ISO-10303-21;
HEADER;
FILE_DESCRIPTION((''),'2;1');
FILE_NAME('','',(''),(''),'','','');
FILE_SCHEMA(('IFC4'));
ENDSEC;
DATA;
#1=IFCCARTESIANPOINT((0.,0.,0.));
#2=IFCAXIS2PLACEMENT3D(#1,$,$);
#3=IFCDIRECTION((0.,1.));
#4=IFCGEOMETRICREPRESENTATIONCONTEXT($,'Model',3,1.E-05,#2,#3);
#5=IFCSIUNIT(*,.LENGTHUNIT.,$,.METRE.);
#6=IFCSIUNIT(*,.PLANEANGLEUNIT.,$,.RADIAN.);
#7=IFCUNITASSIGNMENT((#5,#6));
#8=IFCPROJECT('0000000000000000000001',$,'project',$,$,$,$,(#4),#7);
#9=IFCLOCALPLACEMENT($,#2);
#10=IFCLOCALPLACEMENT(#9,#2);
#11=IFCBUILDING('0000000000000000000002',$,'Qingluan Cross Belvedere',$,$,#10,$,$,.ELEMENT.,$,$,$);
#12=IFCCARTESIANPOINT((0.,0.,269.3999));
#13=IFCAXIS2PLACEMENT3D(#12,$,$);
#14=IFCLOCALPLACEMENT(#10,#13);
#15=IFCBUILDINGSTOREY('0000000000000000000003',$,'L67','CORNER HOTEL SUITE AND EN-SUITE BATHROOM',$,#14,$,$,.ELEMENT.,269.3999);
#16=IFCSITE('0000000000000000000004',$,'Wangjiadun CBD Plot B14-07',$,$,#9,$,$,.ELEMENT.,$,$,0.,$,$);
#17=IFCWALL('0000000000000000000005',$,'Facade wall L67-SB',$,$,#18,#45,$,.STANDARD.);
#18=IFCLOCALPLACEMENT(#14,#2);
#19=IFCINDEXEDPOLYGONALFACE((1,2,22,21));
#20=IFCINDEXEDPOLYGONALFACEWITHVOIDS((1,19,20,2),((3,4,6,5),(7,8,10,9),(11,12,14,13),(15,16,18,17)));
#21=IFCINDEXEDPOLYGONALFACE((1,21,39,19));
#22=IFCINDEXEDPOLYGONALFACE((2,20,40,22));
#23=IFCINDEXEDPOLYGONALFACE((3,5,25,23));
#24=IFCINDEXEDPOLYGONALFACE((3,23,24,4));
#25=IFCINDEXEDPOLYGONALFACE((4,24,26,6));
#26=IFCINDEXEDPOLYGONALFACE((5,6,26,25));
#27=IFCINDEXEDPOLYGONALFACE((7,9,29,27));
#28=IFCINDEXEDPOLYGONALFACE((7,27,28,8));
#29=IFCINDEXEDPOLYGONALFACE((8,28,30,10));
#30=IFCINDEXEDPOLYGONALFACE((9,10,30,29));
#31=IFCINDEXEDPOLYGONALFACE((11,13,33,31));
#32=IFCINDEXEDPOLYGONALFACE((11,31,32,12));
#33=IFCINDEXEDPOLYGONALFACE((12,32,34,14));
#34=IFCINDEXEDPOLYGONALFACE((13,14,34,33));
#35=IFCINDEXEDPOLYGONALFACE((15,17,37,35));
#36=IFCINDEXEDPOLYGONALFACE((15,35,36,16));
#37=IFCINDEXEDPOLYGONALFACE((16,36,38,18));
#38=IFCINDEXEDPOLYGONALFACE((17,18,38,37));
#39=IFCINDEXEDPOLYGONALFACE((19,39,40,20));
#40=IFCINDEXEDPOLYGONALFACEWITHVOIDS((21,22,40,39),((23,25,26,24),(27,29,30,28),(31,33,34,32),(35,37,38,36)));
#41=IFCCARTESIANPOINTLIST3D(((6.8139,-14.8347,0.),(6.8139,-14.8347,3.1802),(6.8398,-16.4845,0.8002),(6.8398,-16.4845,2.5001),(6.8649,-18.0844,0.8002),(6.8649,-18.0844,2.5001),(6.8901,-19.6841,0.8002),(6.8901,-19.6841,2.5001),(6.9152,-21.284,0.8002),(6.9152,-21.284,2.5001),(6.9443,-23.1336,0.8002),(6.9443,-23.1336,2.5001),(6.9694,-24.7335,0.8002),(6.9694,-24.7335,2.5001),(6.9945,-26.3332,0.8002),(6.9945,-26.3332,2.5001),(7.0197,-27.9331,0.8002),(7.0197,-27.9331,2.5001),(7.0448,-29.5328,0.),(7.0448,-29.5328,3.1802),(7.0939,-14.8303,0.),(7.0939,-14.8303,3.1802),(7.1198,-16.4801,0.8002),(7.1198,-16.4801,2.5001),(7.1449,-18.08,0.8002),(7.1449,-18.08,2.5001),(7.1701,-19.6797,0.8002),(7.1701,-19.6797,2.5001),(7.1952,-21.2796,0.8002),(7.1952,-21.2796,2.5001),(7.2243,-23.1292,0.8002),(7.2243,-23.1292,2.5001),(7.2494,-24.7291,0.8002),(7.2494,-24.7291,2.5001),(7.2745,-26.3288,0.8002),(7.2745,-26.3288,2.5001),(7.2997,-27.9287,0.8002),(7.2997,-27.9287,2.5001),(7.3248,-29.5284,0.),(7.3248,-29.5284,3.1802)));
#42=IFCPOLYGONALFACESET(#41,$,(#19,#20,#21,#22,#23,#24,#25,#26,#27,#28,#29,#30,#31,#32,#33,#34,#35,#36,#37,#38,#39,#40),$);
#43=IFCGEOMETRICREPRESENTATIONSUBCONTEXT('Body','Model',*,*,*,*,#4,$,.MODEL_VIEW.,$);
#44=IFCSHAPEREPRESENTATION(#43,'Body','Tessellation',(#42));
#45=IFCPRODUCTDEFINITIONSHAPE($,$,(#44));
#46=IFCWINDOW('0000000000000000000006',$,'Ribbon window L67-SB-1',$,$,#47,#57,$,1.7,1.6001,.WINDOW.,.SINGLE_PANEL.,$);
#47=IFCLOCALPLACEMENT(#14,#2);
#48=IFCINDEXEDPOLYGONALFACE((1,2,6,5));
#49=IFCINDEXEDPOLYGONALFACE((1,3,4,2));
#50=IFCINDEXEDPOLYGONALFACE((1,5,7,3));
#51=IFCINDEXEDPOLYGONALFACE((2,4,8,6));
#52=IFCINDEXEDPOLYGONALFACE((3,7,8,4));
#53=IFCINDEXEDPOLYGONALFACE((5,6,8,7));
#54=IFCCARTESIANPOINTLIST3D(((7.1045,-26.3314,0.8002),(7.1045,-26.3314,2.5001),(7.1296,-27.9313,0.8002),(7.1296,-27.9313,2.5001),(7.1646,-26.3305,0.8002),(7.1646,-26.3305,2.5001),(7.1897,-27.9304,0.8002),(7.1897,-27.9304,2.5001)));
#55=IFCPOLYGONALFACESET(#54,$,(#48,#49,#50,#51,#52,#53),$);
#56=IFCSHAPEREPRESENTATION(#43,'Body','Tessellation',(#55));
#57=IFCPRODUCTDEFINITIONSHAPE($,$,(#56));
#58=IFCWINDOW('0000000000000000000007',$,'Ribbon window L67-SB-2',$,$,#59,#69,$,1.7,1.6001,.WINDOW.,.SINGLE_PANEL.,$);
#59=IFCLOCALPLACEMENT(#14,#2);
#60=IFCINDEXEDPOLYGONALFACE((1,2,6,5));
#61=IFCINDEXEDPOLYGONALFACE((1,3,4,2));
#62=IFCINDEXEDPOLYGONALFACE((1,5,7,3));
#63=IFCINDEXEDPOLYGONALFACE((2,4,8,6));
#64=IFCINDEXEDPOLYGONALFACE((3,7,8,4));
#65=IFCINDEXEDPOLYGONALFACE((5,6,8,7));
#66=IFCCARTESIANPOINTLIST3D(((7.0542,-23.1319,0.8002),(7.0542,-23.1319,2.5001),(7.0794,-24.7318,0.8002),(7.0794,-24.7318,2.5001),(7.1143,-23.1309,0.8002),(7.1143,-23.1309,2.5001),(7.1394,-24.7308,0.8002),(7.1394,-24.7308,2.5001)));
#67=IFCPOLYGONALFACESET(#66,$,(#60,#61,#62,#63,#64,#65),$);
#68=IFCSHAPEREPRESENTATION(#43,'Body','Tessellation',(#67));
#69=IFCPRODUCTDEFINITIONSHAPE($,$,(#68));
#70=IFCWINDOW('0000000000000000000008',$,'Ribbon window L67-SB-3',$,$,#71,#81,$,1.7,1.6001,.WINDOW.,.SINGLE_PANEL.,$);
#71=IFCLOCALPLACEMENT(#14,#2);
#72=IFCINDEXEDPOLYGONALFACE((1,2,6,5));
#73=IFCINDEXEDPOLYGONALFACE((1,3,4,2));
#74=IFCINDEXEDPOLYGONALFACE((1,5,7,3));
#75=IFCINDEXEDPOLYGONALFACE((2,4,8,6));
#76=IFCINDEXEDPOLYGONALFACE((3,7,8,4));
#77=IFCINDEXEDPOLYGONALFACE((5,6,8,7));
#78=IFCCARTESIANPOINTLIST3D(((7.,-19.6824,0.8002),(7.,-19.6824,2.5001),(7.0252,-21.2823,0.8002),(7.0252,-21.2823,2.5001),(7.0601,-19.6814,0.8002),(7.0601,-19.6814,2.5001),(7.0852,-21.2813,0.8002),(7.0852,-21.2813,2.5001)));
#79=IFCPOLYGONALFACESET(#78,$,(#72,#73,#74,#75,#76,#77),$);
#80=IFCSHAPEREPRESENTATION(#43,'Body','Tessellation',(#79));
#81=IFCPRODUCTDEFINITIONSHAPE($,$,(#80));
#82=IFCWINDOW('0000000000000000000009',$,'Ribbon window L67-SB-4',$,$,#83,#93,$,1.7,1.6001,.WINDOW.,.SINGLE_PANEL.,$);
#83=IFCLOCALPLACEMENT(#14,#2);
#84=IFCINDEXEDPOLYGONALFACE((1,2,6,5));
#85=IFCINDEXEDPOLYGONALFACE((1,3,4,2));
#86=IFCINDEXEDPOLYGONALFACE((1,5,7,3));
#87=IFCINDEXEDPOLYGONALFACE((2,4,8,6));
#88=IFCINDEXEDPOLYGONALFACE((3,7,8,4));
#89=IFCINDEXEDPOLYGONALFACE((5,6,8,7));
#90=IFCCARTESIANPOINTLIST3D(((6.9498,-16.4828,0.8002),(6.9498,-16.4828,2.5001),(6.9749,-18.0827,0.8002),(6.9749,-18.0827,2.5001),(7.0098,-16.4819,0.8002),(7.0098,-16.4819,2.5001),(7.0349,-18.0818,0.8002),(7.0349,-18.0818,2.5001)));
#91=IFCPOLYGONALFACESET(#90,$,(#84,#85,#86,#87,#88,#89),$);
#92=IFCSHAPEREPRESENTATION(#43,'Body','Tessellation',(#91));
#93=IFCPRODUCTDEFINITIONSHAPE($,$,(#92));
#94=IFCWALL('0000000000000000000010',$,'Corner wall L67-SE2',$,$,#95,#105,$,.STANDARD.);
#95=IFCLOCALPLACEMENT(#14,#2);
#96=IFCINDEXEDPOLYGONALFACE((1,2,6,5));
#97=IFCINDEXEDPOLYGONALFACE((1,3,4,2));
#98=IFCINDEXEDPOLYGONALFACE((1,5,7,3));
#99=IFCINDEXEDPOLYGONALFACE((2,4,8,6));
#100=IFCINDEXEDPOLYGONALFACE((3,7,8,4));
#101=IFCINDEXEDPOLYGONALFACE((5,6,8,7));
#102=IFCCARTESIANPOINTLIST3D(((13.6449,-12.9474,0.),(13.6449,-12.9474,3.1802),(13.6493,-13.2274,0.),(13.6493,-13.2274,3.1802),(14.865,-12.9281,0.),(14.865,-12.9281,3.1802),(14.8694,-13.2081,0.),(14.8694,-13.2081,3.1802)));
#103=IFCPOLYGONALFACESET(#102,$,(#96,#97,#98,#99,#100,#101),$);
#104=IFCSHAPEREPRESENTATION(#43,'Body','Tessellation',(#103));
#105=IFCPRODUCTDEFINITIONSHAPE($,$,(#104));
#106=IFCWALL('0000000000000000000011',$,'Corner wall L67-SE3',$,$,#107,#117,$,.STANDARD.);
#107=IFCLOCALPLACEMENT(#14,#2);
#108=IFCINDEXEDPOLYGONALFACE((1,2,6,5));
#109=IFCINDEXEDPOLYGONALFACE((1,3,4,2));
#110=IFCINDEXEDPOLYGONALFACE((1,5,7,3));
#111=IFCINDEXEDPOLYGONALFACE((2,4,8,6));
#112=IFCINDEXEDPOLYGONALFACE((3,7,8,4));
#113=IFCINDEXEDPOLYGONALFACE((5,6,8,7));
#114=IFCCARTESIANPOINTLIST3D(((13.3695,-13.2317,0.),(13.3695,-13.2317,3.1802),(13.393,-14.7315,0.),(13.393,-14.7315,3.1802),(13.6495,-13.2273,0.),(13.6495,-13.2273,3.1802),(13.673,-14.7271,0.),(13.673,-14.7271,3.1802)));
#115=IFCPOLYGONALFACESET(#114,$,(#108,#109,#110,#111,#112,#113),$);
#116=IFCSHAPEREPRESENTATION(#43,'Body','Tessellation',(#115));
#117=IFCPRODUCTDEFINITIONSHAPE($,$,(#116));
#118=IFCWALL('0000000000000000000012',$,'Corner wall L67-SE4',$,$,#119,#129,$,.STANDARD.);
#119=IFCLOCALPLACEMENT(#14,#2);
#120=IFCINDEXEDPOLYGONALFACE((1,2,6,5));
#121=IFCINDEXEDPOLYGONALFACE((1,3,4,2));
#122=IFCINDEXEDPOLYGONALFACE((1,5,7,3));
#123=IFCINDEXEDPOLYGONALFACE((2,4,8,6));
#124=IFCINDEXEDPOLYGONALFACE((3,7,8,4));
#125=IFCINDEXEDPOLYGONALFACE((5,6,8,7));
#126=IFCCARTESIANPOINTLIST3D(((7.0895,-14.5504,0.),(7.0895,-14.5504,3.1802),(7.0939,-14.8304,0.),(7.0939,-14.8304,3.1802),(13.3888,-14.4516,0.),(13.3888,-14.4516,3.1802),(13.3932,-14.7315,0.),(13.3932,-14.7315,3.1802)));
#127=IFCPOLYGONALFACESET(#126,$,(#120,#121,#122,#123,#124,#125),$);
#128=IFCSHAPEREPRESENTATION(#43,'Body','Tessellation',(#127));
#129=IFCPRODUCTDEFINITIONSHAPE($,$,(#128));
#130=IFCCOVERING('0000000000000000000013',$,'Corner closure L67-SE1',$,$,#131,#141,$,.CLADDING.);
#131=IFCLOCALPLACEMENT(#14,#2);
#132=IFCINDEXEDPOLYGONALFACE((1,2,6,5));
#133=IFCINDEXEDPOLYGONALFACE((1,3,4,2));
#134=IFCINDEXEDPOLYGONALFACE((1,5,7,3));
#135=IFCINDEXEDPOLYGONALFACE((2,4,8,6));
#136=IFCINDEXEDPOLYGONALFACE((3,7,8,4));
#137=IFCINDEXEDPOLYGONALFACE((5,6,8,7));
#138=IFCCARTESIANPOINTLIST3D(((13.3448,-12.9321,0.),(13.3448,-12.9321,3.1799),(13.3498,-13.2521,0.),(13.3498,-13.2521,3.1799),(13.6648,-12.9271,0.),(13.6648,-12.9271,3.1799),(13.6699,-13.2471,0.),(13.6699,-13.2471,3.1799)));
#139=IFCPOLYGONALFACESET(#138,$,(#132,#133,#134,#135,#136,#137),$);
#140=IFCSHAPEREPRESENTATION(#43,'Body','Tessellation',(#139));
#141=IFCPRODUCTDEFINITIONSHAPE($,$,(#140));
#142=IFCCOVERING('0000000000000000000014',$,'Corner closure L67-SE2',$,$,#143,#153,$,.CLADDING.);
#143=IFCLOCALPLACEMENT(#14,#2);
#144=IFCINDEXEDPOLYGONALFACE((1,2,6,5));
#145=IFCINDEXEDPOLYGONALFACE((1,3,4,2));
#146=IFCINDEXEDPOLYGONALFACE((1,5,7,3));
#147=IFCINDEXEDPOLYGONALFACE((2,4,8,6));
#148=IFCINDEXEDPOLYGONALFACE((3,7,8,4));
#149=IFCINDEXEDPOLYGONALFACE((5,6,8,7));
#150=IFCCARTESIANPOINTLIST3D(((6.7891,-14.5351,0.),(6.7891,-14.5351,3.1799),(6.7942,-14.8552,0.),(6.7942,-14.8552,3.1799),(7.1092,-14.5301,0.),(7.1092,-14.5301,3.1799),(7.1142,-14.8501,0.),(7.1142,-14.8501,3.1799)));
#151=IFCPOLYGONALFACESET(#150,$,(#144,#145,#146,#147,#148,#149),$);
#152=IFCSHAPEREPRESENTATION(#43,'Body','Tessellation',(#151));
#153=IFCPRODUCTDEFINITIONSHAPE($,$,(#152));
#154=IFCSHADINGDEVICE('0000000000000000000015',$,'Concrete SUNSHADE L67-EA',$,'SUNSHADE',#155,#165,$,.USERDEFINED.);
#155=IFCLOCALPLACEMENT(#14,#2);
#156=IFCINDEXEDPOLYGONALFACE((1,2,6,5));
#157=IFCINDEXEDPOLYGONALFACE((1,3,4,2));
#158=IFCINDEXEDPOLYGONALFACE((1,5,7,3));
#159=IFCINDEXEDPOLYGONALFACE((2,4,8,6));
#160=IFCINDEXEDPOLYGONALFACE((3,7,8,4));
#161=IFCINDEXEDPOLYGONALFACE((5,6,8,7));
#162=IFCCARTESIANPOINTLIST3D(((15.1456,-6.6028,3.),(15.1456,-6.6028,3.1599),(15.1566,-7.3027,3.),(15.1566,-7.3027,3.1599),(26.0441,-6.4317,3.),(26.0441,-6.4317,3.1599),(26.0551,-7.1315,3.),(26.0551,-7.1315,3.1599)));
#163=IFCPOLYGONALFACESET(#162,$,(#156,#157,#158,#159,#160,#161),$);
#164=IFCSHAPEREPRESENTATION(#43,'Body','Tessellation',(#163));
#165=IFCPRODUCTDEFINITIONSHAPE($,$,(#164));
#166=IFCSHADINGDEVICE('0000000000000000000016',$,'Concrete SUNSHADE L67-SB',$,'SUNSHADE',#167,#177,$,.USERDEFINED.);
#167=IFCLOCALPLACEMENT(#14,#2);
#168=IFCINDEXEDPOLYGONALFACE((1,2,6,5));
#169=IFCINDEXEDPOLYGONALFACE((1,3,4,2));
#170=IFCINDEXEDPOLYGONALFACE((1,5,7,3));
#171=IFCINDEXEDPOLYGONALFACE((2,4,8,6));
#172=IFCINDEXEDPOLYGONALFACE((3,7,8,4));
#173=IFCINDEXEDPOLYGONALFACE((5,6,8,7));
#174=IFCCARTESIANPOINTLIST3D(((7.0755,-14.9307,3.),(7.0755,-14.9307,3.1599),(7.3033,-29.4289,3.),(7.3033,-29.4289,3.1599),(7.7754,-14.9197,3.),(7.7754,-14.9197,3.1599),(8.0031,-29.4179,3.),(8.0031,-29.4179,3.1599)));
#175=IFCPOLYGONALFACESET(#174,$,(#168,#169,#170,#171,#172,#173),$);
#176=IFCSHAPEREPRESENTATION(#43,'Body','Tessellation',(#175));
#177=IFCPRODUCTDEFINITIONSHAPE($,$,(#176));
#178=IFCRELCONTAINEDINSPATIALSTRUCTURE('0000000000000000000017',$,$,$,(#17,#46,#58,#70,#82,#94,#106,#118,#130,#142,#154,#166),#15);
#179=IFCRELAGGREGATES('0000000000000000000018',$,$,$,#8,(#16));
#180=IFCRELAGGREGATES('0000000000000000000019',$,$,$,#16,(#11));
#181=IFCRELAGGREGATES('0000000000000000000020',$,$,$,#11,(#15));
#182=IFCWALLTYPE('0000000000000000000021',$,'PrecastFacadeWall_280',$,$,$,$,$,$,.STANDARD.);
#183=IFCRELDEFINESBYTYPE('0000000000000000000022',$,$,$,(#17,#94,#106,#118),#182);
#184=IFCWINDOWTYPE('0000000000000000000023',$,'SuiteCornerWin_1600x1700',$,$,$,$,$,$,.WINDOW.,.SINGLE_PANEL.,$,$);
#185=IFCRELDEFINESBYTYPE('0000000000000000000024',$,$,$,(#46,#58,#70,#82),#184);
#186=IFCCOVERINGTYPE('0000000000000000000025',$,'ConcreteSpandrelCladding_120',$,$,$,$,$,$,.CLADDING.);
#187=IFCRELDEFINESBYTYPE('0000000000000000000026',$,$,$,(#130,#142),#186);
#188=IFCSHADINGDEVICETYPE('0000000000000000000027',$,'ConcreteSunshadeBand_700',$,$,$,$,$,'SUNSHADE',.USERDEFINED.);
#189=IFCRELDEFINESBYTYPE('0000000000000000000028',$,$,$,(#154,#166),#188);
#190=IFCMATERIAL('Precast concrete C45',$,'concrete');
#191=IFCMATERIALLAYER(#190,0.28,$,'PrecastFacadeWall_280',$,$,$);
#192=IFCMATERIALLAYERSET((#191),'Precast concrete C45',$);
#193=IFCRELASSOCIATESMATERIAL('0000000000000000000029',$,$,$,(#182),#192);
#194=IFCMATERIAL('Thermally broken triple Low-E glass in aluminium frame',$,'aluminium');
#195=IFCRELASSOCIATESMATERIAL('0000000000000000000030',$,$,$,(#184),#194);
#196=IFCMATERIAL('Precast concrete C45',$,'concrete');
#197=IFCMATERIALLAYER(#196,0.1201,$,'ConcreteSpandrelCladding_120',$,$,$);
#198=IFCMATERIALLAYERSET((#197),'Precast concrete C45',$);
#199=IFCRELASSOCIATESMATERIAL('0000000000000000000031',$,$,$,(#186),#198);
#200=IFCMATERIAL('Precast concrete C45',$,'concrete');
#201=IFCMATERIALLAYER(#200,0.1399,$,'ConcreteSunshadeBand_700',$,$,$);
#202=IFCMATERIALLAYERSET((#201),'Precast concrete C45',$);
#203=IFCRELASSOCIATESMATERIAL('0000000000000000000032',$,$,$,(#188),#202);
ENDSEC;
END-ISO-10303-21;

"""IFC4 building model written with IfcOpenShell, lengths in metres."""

from ifc_helpers import new_model, si_unit, direction, frame, frame_2d, origin, origin_2d, place, context, subcontext, project, spatial, rectangle, extrude, material, layer, layer_set, type_object, element, fill, save


model = new_model("IFC4")

# Units and contexts
model_context = context("Model", 3, precision=1e-05, world=origin(), true_north=direction((0.0, 1.0)))
body_context = subcontext(model_context, "Body", "Model", "MODEL_VIEW")
ifc_project = project(units=[si_unit("LENGTHUNIT", "METRE"), si_unit("PLANEANGLEUNIT", "RADIAN")], contexts=[model_context])

# Site, building, storey
site_placement = place(None, origin())
site = spatial("IfcSite", under=ifc_project, at=site_placement, Name="Wangjiadun CBD Plot B14-07", CompositionType="ELEMENT", RefElevation=0.0)
building_placement = place(site_placement, origin())
building = spatial("IfcBuilding", under=site, at=building_placement, Name="Qingluan Cross Belvedere", CompositionType="ELEMENT")
storey_placement = place(building_placement, frame((0.0, 0.0, 269.3999)))
storey = spatial("IfcBuildingStorey", under=building, at=storey_placement, Name="L67", Description="CORNER HOTEL SUITE AND EN-SUITE BATHROOM", CompositionType="ELEMENT", Elevation=269.3999)

# Wall, openings, windows
ifc_material_1 = material(Name="Precast concrete C45", Category="concrete")
ifc_layer_1 = layer(ifc_material_1, 0.28, Name="PrecastFacadeWall_280")
ifc_layer_set_1 = layer_set([ifc_layer_1], Name="Precast concrete C45")
wall_type_1 = type_object("IfcWallType", Name="PrecastFacadeWall_280", PredefinedType="STANDARD", material=ifc_layer_set_1)
wall_1_placement = place(storey_placement, frame((7.1848, -29.5308, 0.0), z_axis=(0.0, 0.0, 1.0), x_axis=(-0.015711, 0.999877, 0.0)))
wall_1 = element("IfcWall", 1, at=wall_1_placement, inside=storey, type_object=wall_type_1, Name="Facade wall L67-SB", PredefinedType="STANDARD", context=body_context, shape_type="SweptSolid", body=[
    extrude(rectangle(XDim=14.7, YDim=0.28, at=frame_2d((7.3501, 0.0))), origin(), (0.0, 0.0, 1.0), 3.1802),
])
opening_1_placement = place(wall_1_placement, frame((1.6001, 0.0, 0.8)))
opening_1 = element("IfcOpeningElement", 2, at=opening_1_placement, cuts=wall_1, PredefinedType="OPENING", context=body_context, shape_type="SweptSolid", body=[
    extrude(rectangle(XDim=1.6001, YDim=1.7, at=frame_2d((0.8, 0.8501))), frame((0.0, 0.1499, 0.0), z_axis=(0.0, -1.0, 0.0), x_axis=(1.0, 0.0, 0.0)), (0.0, 0.0, 1.0), 0.3),
])
opening_2_placement = place(wall_1_placement, frame((4.8, 0.0, 0.8)))
opening_2 = element("IfcOpeningElement", 3, at=opening_2_placement, cuts=wall_1, PredefinedType="OPENING", context=body_context, shape_type="SweptSolid", body=[
    extrude(rectangle(XDim=1.6001, YDim=1.7, at=frame_2d((0.8, 0.8501))), frame((0.0, 0.1499, 0.0), z_axis=(0.0, -1.0, 0.0), x_axis=(1.0, 0.0, 0.0)), (0.0, 0.0, 1.0), 0.3),
])
opening_3_placement = place(wall_1_placement, frame((8.25, 0.0, 0.8)))
opening_3 = element("IfcOpeningElement", 4, at=opening_3_placement, cuts=wall_1, PredefinedType="OPENING", context=body_context, shape_type="SweptSolid", body=[
    extrude(rectangle(XDim=1.6001, YDim=1.7, at=frame_2d((0.8, 0.8501))), frame((0.0, 0.1499, 0.0), z_axis=(0.0, -1.0, 0.0), x_axis=(1.0, 0.0, 0.0)), (0.0, 0.0, 1.0), 0.3),
])
opening_4_placement = place(wall_1_placement, frame((11.45, 0.0, 0.8)))
opening_4 = element("IfcOpeningElement", 5, at=opening_4_placement, cuts=wall_1, PredefinedType="OPENING", context=body_context, shape_type="SweptSolid", body=[
    extrude(rectangle(XDim=1.6001, YDim=1.7, at=frame_2d((0.8, 0.8501))), frame((0.0, 0.1499, 0.0), z_axis=(0.0, -1.0, 0.0), x_axis=(1.0, 0.0, 0.0)), (0.0, 0.0, 1.0), 0.3),
])
ifc_material_2 = material(Name="Thermally broken triple Low-E glass in aluminium frame", Category="aluminium")
window_type = type_object("IfcWindowType", Name="SuiteCornerWin_1600x1700", PartitioningType="SINGLE_PANEL", PredefinedType="WINDOW", material=ifc_material_2)
window_1_placement = place(opening_1_placement, origin())
window_1 = element("IfcWindow", 6, at=window_1_placement, inside=storey, type_object=window_type, Name="Ribbon window L67-SB-1", OverallHeight=1.7, OverallWidth=1.6001, PartitioningType="SINGLE_PANEL", PredefinedType="WINDOW", context=body_context, shape_type="SweptSolid", body=[
    extrude(rectangle(XDim=1.6001, YDim=1.7, at=frame_2d((0.8, 0.8501))), frame((0.0, 0.03, 0.0), z_axis=(0.0, -1.0, 0.0), x_axis=(1.0, 0.0, 0.0)), (0.0, 0.0, 1.0), 0.0601),
])
fill(opening_1, window_1)
window_2_placement = place(opening_2_placement, origin())
window_2 = element("IfcWindow", 7, at=window_2_placement, inside=storey, type_object=window_type, Name="Ribbon window L67-SB-2", OverallHeight=1.7, OverallWidth=1.6001, PartitioningType="SINGLE_PANEL", PredefinedType="WINDOW", context=body_context, shape_type="SweptSolid", body=[
    extrude(rectangle(XDim=1.6001, YDim=1.7, at=frame_2d((0.8, 0.8501))), frame((0.0, 0.03, 0.0), z_axis=(0.0, -1.0, 0.0), x_axis=(1.0, 0.0, 0.0)), (0.0, 0.0, 1.0), 0.0601),
])
fill(opening_2, window_2)
window_3_placement = place(opening_3_placement, origin())
window_3 = element("IfcWindow", 8, at=window_3_placement, inside=storey, type_object=window_type, Name="Ribbon window L67-SB-3", OverallHeight=1.7, OverallWidth=1.6001, PartitioningType="SINGLE_PANEL", PredefinedType="WINDOW", context=body_context, shape_type="SweptSolid", body=[
    extrude(rectangle(XDim=1.6001, YDim=1.7, at=frame_2d((0.8, 0.8501))), frame((0.0, 0.03, 0.0), z_axis=(0.0, -1.0, 0.0), x_axis=(1.0, 0.0, 0.0)), (0.0, 0.0, 1.0), 0.0601),
])
fill(opening_3, window_3)
window_4_placement = place(opening_4_placement, origin())
window_4 = element("IfcWindow", 9, at=window_4_placement, inside=storey, type_object=window_type, Name="Ribbon window L67-SB-4", OverallHeight=1.7, OverallWidth=1.6001, PartitioningType="SINGLE_PANEL", PredefinedType="WINDOW", context=body_context, shape_type="SweptSolid", body=[
    extrude(rectangle(XDim=1.6001, YDim=1.7, at=frame_2d((0.8, 0.8501))), frame((0.0, 0.03, 0.0), z_axis=(0.0, -1.0, 0.0), x_axis=(1.0, 0.0, 0.0)), (0.0, 0.0, 1.0), 0.0601),
])
fill(opening_4, window_4)

# Walls
wall_2_placement = place(storey_placement, frame((14.8672, -13.0681, 0.0), z_axis=(0.0, 0.0, 1.0), x_axis=(-0.999875, -0.015808, 0.0)))
element("IfcWall", 10, at=wall_2_placement, inside=storey, type_object=wall_type_1, Name="Corner wall L67-SE2", PredefinedType="STANDARD", context=body_context, shape_type="SweptSolid", body=[
    extrude(rectangle(XDim=1.2202, YDim=0.28, at=frame_2d((0.6101, 0.0))), origin(), (0.0, 0.0, 1.0), 3.1802),
])
wall_3_placement = place(storey_placement, frame((13.5095, -13.2295, 0.0), z_axis=(0.0, 0.0, 1.0), x_axis=(0.015626, -0.999878, 0.0)))
element("IfcWall", 11, at=wall_3_placement, inside=storey, type_object=wall_type_1, Name="Corner wall L67-SE3", PredefinedType="STANDARD", context=body_context, shape_type="SweptSolid", body=[
    extrude(rectangle(XDim=1.5, YDim=0.28, at=frame_2d((0.75, 0.0))), origin(), (0.0, 0.0, 1.0), 3.1802),
])
wall_4_placement = place(storey_placement, frame((13.3909, -14.5916, 0.0), z_axis=(0.0, 0.0, 1.0), x_axis=(-0.999877, -0.015695, 0.0)))
element("IfcWall", 12, at=wall_4_placement, inside=storey, type_object=wall_type_1, Name="Corner wall L67-SE4", PredefinedType="STANDARD", context=body_context, shape_type="SweptSolid", body=[
    extrude(rectangle(XDim=6.3, YDim=0.28, at=frame_2d((3.1499, 0.0))), origin(), (0.0, 0.0, 1.0), 3.1802),
])

# Coverings
ifc_material_3 = material(Name="Precast concrete C45", Category="concrete")
ifc_layer_2 = layer(ifc_material_3, 0.1201, Name="ConcreteSpandrelCladding_120")
ifc_layer_set_2 = layer_set([ifc_layer_2], Name="Precast concrete C45")
covering_type = type_object("IfcCoveringType", Name="ConcreteSpandrelCladding_120", PredefinedType="CLADDING", material=ifc_layer_set_2)
for number, where, z_axis, x_axis, name in (
    (13, (13.5073, -13.0896, 0.0), (0.0, 0.0, 1.0), (0.999877, 0.015707, 0.0), "Corner closure L67-SE1"),
    (14, (6.9517, -14.6926, 0.0), (0.0, 0.0, 1.0), (0.999877, 0.015707, 0.0), "Corner closure L67-SE2"),
):
    element("IfcCovering", number, at=place(storey_placement, frame(where, z_axis=z_axis, x_axis=x_axis)), inside=storey, type_object=covering_type, Name=name, PredefinedType="CLADDING", context=body_context, shape_type="SweptSolid", body=[
        extrude(rectangle(XDim=0.3201, YDim=0.3201, at=origin_2d()), origin(), (0.0, 0.0, 1.0), 3.1799),
    ])

# Shading devices
ifc_material_4 = material(Name="Precast concrete C45", Category="concrete")
ifc_layer_3 = layer(ifc_material_4, 0.1399, Name="ConcreteSunshadeBand_700")
ifc_layer_set_3 = layer_set([ifc_layer_3], Name="Precast concrete C45")
shading_device_type = type_object("IfcShadingDeviceType", Name="ConcreteSunshadeBand_700", ElementType="SUNSHADE", PredefinedType="USERDEFINED", material=ifc_layer_set_3)
shading_device_1_placement = place(storey_placement, frame((20.6003, -6.8672, 3.0), z_axis=(0.0, 0.0, 1.0), x_axis=(0.999877, 0.015703, 0.0)))
element("IfcShadingDevice", 15, at=shading_device_1_placement, inside=storey, type_object=shading_device_type, Name="Concrete SUNSHADE L67-EA", ObjectType="SUNSHADE", PredefinedType="USERDEFINED", context=body_context, shape_type="SweptSolid", body=[
    extrude(rectangle(XDim=10.8999, YDim=0.7, at=origin_2d()), origin(), (0.0, 0.0, 1.0), 0.1599),
])
shading_device_2_placement = place(storey_placement, frame((7.5393, -22.1743, 3.0), z_axis=(0.0, 0.0, 1.0), x_axis=(-0.015707, 0.999877, 0.0)))
element("IfcShadingDevice", 16, at=shading_device_2_placement, inside=storey, type_object=shading_device_type, Name="Concrete SUNSHADE L67-SB", ObjectType="SUNSHADE", PredefinedType="USERDEFINED", context=body_context, shape_type="SweptSolid", body=[
    extrude(rectangle(XDim=14.5, YDim=0.7, at=origin_2d()), origin(), (0.0, 0.0, 1.0), 0.1599),
])

save(model, "model.ifc")
